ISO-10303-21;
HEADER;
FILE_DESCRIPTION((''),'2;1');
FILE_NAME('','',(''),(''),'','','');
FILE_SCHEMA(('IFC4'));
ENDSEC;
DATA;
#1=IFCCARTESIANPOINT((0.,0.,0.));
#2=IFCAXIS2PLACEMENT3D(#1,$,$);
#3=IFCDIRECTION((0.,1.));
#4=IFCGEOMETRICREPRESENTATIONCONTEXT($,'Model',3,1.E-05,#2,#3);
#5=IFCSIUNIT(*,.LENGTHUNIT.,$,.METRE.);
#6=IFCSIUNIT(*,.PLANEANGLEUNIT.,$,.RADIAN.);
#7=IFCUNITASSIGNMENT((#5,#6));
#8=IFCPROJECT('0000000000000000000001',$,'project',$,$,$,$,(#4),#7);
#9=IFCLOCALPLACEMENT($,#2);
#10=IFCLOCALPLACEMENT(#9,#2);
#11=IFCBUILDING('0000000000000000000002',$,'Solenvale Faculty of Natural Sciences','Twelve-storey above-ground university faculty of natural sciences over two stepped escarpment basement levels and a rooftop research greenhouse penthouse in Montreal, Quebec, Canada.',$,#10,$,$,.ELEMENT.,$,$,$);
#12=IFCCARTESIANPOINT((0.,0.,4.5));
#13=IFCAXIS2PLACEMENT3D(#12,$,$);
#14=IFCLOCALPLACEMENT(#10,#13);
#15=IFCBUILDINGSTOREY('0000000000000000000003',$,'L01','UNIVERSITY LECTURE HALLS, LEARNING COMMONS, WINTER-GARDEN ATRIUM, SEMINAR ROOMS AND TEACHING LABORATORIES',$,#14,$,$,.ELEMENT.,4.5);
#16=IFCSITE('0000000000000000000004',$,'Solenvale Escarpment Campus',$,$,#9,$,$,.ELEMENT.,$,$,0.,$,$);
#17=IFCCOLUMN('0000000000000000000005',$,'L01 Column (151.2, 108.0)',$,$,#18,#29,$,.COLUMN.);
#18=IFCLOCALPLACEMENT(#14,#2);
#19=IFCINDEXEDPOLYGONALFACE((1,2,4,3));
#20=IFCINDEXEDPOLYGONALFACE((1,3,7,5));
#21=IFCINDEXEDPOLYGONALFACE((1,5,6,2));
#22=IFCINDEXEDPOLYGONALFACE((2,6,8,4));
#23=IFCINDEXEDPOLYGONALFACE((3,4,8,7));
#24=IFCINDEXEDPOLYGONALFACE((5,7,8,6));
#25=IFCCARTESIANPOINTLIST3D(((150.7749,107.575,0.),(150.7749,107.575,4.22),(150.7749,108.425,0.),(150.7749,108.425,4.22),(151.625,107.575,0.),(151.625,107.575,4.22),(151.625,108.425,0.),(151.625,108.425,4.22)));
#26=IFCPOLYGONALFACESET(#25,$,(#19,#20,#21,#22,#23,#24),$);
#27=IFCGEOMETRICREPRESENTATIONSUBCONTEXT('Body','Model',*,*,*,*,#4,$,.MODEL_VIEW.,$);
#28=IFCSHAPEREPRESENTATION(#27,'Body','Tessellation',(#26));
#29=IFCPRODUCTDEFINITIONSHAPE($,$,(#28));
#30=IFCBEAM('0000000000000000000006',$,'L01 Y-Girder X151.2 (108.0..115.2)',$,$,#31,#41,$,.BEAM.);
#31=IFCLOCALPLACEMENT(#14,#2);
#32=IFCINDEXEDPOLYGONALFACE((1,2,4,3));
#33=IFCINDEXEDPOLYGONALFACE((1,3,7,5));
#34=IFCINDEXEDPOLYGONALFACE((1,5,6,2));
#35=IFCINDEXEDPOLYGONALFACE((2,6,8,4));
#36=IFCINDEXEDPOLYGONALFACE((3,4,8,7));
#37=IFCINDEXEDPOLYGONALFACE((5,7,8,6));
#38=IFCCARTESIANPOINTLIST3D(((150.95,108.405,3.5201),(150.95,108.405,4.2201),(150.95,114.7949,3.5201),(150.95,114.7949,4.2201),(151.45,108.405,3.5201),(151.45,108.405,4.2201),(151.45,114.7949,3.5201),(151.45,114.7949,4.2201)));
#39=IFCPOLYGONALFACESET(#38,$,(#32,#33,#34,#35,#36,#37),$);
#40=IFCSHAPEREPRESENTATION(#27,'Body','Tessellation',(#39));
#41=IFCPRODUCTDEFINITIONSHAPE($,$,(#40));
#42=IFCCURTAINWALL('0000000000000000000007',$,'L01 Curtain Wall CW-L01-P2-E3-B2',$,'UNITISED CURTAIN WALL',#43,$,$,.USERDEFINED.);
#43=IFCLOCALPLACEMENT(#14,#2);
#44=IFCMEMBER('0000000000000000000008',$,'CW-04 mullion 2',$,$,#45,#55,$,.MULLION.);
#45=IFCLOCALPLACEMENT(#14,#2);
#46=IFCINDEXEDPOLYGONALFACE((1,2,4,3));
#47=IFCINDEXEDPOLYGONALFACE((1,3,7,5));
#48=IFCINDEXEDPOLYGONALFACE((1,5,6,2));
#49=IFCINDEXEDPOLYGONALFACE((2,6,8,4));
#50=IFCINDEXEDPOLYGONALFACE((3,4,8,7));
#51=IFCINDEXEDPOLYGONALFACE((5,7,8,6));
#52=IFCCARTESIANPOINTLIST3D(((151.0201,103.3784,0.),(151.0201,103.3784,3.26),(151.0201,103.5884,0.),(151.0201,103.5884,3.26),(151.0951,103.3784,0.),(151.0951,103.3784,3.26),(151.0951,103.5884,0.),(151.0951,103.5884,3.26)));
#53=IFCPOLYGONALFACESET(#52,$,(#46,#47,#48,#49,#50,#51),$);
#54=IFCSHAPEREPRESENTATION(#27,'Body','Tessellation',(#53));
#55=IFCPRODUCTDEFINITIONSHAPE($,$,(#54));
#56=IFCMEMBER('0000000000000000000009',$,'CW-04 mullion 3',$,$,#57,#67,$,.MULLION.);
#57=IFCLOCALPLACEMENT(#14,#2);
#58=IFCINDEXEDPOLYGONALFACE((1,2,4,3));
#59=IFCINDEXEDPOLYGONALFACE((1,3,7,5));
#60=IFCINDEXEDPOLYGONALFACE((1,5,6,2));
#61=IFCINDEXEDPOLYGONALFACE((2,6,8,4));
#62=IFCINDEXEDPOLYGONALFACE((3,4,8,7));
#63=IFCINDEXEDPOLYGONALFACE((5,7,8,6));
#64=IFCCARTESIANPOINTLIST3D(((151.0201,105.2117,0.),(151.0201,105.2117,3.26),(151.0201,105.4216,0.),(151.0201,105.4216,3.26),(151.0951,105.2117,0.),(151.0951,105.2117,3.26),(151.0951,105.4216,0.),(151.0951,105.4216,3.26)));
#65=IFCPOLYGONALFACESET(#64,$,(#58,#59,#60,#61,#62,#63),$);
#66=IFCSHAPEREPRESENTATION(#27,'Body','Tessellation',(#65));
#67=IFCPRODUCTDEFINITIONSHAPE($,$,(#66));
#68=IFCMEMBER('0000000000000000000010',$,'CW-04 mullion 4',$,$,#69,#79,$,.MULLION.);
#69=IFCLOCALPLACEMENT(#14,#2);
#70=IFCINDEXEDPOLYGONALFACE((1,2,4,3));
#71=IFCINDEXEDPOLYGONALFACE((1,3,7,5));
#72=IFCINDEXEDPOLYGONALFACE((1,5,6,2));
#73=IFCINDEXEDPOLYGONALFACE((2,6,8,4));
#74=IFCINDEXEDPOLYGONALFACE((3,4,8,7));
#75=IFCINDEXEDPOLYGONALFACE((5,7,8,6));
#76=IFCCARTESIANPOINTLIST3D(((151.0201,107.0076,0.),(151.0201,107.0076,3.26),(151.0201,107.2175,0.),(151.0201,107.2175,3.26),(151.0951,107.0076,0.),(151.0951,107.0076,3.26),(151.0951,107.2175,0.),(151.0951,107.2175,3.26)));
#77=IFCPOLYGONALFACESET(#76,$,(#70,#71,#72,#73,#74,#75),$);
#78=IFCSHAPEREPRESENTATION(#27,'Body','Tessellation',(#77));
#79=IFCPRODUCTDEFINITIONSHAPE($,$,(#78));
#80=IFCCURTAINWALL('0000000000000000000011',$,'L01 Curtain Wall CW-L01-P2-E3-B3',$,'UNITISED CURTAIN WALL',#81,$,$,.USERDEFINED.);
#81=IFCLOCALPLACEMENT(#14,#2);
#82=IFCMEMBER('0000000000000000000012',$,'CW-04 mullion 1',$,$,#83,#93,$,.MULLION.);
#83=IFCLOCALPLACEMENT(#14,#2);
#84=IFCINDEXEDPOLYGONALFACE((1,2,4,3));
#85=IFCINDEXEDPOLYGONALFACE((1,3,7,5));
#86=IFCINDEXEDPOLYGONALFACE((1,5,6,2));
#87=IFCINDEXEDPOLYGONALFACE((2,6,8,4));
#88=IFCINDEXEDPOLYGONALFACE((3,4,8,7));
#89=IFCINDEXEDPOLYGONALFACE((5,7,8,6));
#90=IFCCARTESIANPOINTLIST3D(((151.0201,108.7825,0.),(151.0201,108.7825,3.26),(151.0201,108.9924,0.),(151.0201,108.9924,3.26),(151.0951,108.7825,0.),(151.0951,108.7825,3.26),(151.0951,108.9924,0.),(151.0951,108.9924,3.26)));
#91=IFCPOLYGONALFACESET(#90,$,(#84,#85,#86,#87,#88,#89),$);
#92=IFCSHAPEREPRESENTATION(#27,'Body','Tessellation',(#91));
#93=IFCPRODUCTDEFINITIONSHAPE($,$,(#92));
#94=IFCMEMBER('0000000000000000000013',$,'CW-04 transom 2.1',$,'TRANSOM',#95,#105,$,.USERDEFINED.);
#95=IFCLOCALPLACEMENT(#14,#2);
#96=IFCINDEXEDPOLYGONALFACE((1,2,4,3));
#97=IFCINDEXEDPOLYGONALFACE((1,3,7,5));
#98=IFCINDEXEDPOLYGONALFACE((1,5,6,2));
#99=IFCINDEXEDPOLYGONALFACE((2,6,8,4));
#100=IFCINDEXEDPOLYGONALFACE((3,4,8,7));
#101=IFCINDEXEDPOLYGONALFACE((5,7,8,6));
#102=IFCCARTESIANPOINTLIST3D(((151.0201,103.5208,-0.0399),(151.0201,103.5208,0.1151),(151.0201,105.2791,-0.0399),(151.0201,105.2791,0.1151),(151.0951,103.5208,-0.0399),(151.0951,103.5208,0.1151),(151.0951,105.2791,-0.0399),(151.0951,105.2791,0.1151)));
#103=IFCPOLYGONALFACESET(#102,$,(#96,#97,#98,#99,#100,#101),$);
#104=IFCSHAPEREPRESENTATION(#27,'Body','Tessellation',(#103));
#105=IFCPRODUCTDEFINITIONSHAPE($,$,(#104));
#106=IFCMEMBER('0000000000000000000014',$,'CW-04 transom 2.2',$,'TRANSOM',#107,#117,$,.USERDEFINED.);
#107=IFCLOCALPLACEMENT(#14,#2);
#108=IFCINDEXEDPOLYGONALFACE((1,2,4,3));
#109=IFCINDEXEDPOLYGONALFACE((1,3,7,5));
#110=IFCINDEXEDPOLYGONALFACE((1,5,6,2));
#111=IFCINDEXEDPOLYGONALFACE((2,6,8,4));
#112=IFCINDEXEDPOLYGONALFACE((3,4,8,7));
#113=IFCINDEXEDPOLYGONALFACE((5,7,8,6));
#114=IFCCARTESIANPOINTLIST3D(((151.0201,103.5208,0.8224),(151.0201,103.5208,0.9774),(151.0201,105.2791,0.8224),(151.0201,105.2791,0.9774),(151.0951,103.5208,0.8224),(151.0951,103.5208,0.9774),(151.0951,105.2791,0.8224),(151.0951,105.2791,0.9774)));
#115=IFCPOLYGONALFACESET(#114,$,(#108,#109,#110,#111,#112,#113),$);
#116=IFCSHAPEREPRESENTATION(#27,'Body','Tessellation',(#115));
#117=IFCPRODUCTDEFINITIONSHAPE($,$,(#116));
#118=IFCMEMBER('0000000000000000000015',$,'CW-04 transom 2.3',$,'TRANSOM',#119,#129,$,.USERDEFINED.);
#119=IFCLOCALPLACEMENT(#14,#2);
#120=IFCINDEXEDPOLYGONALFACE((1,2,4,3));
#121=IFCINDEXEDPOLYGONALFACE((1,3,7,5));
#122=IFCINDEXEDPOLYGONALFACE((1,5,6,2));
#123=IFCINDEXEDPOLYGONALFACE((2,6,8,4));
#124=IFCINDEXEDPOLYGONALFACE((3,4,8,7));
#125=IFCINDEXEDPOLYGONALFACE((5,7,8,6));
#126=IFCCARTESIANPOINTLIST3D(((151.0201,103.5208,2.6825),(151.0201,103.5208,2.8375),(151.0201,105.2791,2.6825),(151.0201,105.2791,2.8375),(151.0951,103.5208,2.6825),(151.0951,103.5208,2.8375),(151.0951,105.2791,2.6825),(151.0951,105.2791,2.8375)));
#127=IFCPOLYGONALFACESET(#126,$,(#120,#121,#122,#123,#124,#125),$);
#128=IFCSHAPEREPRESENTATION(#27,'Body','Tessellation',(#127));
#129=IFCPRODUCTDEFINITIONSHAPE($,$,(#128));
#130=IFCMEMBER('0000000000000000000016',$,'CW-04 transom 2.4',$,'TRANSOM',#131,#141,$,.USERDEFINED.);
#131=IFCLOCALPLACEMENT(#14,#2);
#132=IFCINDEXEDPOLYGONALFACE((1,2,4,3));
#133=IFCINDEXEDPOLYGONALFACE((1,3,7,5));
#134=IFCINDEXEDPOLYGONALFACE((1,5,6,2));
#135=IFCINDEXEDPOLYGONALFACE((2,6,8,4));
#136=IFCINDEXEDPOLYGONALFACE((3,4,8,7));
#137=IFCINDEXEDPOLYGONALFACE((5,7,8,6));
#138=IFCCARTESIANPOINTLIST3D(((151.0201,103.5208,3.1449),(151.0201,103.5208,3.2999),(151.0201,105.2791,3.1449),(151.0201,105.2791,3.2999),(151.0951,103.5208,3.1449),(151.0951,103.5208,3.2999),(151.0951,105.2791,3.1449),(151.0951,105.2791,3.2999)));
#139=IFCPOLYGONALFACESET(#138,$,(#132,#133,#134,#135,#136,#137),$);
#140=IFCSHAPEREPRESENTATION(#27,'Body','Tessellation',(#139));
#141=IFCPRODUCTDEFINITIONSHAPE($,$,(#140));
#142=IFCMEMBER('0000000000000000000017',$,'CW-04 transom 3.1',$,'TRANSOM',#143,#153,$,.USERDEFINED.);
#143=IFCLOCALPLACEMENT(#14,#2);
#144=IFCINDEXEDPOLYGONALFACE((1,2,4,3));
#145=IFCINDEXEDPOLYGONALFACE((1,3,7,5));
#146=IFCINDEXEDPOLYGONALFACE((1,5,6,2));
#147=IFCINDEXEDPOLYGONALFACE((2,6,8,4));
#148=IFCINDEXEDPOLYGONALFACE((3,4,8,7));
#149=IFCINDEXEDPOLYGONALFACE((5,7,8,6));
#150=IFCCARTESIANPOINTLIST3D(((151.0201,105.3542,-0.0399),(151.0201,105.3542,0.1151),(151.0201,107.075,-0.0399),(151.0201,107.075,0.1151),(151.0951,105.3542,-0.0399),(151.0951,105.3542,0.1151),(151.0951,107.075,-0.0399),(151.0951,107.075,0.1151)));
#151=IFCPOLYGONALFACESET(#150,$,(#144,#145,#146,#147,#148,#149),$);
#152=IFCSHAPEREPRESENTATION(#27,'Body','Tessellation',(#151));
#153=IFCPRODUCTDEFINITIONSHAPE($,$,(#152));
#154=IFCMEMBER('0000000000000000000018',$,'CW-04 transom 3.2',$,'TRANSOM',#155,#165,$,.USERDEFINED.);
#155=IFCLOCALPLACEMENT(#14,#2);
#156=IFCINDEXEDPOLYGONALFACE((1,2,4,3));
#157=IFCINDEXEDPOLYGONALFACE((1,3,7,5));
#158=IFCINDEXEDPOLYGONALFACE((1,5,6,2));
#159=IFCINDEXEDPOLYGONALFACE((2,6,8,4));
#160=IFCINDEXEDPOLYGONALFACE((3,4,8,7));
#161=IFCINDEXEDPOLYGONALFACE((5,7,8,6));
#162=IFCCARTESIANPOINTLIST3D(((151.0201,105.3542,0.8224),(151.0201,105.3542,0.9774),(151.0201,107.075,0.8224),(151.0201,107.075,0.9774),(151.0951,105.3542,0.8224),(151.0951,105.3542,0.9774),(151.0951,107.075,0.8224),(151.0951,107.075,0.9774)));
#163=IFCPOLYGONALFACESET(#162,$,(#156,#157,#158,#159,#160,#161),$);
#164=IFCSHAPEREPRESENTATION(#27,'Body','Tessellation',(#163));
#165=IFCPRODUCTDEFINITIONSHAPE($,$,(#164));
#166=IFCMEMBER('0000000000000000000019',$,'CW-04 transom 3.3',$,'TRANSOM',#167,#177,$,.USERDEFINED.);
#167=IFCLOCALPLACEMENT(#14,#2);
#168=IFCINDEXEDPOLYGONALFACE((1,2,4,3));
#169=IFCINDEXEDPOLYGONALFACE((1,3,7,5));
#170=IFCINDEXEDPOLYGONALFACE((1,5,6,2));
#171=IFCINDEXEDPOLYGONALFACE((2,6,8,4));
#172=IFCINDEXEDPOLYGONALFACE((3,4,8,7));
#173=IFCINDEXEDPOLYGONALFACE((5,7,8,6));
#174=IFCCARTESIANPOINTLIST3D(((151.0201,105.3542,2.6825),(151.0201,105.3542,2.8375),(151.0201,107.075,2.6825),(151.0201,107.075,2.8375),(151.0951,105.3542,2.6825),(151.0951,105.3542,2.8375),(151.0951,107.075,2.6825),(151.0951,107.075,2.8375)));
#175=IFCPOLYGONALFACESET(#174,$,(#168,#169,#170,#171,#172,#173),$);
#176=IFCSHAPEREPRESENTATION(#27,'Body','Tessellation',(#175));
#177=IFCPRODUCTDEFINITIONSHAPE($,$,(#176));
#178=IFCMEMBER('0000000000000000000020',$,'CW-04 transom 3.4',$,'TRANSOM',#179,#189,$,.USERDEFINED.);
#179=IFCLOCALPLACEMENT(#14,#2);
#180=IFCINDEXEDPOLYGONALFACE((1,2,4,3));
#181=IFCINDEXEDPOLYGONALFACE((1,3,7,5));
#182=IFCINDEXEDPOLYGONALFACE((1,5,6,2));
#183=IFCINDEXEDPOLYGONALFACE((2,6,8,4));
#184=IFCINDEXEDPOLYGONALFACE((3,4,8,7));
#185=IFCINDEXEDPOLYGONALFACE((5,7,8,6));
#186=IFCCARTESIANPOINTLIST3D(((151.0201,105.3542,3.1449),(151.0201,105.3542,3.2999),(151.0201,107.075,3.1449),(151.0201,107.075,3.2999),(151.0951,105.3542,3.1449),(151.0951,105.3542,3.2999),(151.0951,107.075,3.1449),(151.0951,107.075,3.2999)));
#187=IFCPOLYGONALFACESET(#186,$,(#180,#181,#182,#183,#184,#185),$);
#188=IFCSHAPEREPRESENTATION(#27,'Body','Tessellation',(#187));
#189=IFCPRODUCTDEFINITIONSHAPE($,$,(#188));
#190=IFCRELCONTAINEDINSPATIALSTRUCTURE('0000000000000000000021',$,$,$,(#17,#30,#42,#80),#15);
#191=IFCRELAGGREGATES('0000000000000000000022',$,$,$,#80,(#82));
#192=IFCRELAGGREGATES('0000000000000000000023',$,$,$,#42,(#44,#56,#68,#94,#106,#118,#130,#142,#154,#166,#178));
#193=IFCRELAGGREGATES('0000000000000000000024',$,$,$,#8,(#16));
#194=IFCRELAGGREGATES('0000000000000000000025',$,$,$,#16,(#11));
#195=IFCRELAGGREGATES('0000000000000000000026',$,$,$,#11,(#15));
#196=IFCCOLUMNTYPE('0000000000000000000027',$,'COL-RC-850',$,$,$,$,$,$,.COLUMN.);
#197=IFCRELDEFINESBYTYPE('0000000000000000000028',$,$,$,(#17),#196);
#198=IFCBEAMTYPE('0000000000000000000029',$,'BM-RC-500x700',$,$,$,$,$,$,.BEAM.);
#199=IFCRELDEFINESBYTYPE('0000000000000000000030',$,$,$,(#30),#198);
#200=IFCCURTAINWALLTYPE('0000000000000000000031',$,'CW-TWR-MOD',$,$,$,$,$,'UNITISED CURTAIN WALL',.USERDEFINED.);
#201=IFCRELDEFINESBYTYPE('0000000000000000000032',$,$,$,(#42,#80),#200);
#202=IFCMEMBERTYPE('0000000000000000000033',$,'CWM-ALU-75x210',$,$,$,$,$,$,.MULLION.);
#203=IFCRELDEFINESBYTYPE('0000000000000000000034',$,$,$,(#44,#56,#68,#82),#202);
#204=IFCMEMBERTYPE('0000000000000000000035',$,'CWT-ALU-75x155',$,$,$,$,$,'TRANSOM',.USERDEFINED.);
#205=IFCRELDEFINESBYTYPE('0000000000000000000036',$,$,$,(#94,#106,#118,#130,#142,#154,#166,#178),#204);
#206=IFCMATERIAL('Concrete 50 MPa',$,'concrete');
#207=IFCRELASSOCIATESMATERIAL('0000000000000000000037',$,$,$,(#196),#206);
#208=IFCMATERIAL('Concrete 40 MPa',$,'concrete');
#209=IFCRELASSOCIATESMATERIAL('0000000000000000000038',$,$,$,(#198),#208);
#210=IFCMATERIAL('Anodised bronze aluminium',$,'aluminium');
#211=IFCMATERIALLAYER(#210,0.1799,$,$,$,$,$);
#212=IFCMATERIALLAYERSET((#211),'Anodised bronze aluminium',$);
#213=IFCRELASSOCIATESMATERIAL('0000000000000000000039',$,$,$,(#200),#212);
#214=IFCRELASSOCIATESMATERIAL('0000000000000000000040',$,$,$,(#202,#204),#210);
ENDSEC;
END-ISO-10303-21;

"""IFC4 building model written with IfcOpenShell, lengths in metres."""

from ifc_helpers import new_model, si_unit, direction, frame, origin, origin_2d, place, context, subcontext, project, spatial, rectangle, extrude, material, layer, layer_set, material_profile, profile_set, type_object, element, aggregate, save


model = new_model("IFC4")

# Units and contexts
model_context = context("Model", 3, precision=1e-05, world=origin(), true_north=direction((0.0, 1.0)))
body_context = subcontext(model_context, "Body", "Model", "MODEL_VIEW")
ifc_project = project(units=[si_unit("LENGTHUNIT", "METRE"), si_unit("PLANEANGLEUNIT", "RADIAN")], contexts=[model_context])

# Site, building, storey
site_placement = place(None, origin())
site = spatial("IfcSite", under=ifc_project, at=site_placement, Name="Solenvale Escarpment Campus", CompositionType="ELEMENT", RefElevation=0.0)
building_placement = place(site_placement, origin())
building = spatial("IfcBuilding", under=site, at=building_placement, Name="Solenvale Faculty of Natural Sciences", Description="Twelve-storey above-ground university faculty of natural sciences over two stepped escarpment basement levels and a rooftop research greenhouse penthouse in Montreal, Quebec, Canada.", CompositionType="ELEMENT")
storey_placement = place(building_placement, frame((0.0, 0.0, 4.5)))
storey = spatial("IfcBuildingStorey", under=building, at=storey_placement, Name="L01", Description="UNIVERSITY LECTURE HALLS, LEARNING COMMONS, WINTER-GARDEN ATRIUM, SEMINAR ROOMS AND TEACHING LABORATORIES", CompositionType="ELEMENT", Elevation=4.5)

# Column
ifc_material_1 = material(Name="Concrete 50 MPa", Category="concrete")
ifc_material_profile_1 = material_profile(ifc_material_1, rectangle(XDim=0.8501, YDim=0.8501, at=origin_2d()), Name="RC-COL-850x850")
ifc_profile_set_1 = profile_set([ifc_material_profile_1], Name="Concrete 50 MPa")
column_type = type_object("IfcColumnType", Name="COL-RC-850", PredefinedType="COLUMN", material=ifc_profile_set_1)
column_placement = place(storey_placement, frame((151.2, 108.0, 0.0), z_axis=(0.0, 0.0, 1.0), x_axis=(1.0, 0.0, 0.0)))
element("IfcColumn", 1, at=column_placement, inside=storey, type_object=column_type, Name="L01 Column (151.2, 108.0)", PredefinedType="COLUMN", context=body_context, shape_type="SweptSolid", body=[
    extrude(rectangle(XDim=0.8501, YDim=0.8501, at=origin_2d()), origin(), (0.0, 0.0, 1.0), 4.22),
])

# Beam
ifc_material_2 = material(Name="Concrete 40 MPa", Category="concrete")
ifc_material_profile_2 = material_profile(ifc_material_2, rectangle(XDim=0.5, YDim=0.7, at=origin_2d()), Name="RC-BM-500x700")
ifc_profile_set_2 = profile_set([ifc_material_profile_2], Name="Concrete 40 MPa")
beam_type = type_object("IfcBeamType", Name="BM-RC-500x700", PredefinedType="BEAM", material=ifc_profile_set_2)
beam_placement = place(storey_placement, frame((151.2, 108.405, 3.8701), z_axis=(0.0, 1.0, 0.0), x_axis=(-1.0, 0.0, 0.0)))
element("IfcBeam", 2, at=beam_placement, inside=storey, type_object=beam_type, Name="L01 Y-Girder X151.2 (108.0..115.2)", PredefinedType="BEAM", context=body_context, shape_type="SweptSolid", body=[
    extrude(rectangle(XDim=0.5, YDim=0.7, at=origin_2d()), origin(), (0.0, 0.0, 1.0), 6.3899),
])

# Curtain wall, members
ifc_material_3 = material(Name="Anodised bronze aluminium", Category="aluminium")
ifc_layer_1 = layer(ifc_material_3, 0.1799)
ifc_layer_set_1 = layer_set([ifc_layer_1], Name="Anodised bronze aluminium")
curtain_wall_type = type_object("IfcCurtainWallType", Name="CW-TWR-MOD", ElementType="UNITISED CURTAIN WALL", PredefinedType="USERDEFINED", material=ifc_layer_set_1)
curtain_wall_1_placement = place(storey_placement, origin())
curtain_wall_1 = element("IfcCurtainWall", 3, at=curtain_wall_1_placement, inside=storey, type_object=curtain_wall_type, Name="L01 Curtain Wall CW-L01-P2-E3-B2", ObjectType="UNITISED CURTAIN WALL", PredefinedType="USERDEFINED")
ifc_material_profile_3 = material_profile(ifc_material_3, rectangle(XDim=0.075, YDim=0.21, at=origin_2d()), Name="ALU-MUL-75x210")
ifc_profile_set_3 = profile_set([ifc_material_profile_3], Name="Anodised bronze aluminium")
member_type_1 = type_object("IfcMemberType", Name="CWM-ALU-75x210", PredefinedType="MULLION", material=ifc_profile_set_3)
member_1_placement = place(storey_placement, frame((151.0576, 103.4834, 0.0), z_axis=(0.0, 0.0, 1.0), x_axis=(-1.0, 0.0, 0.0)))
member_1 = element("IfcMember", 4, at=member_1_placement, type_object=member_type_1, Name="CW-04 mullion 2", PredefinedType="MULLION", context=body_context, shape_type="SweptSolid", body=[
    extrude(rectangle(XDim=0.075, YDim=0.21, at=origin_2d()), origin(), (0.0, 0.0, 1.0), 3.26),
])
member_2_placement = place(storey_placement, frame((151.0576, 105.3167, 0.0), z_axis=(0.0, 0.0, 1.0), x_axis=(-1.0, 0.0, 0.0)))
member_2 = element("IfcMember", 5, at=member_2_placement, type_object=member_type_1, Name="CW-04 mullion 3", PredefinedType="MULLION", context=body_context, shape_type="SweptSolid", body=[
    extrude(rectangle(XDim=0.075, YDim=0.21, at=origin_2d()), origin(), (0.0, 0.0, 1.0), 3.26),
])
member_3_placement = place(storey_placement, frame((151.0576, 107.1125, 0.0), z_axis=(0.0, 0.0, 1.0), x_axis=(-1.0, 0.0, 0.0)))
member_3 = element("IfcMember", 6, at=member_3_placement, type_object=member_type_1, Name="CW-04 mullion 4", PredefinedType="MULLION", context=body_context, shape_type="SweptSolid", body=[
    extrude(rectangle(XDim=0.075, YDim=0.21, at=origin_2d()), origin(), (0.0, 0.0, 1.0), 3.26),
])

# Curtain wall, member
curtain_wall_2_placement = place(storey_placement, origin())
curtain_wall_2 = element("IfcCurtainWall", 7, at=curtain_wall_2_placement, inside=storey, type_object=curtain_wall_type, Name="L01 Curtain Wall CW-L01-P2-E3-B3", ObjectType="UNITISED CURTAIN WALL", PredefinedType="USERDEFINED")
member_4_placement = place(storey_placement, frame((151.0576, 108.8875, 0.0), z_axis=(0.0, 0.0, 1.0), x_axis=(-1.0, 0.0, 0.0)))
member_4 = element("IfcMember", 8, at=member_4_placement, type_object=member_type_1, Name="CW-04 mullion 1", PredefinedType="MULLION", context=body_context, shape_type="SweptSolid", body=[
    extrude(rectangle(XDim=0.075, YDim=0.21, at=origin_2d()), origin(), (0.0, 0.0, 1.0), 3.26),
])

# Members
ifc_material_profile_4 = material_profile(ifc_material_3, rectangle(XDim=0.075, YDim=0.155, at=origin_2d()), Name="ALU-TRN-75x155")
ifc_profile_set_4 = profile_set([ifc_material_profile_4], Name="Anodised bronze aluminium")
member_type_2 = type_object("IfcMemberType", Name="CWT-ALU-75x155", ElementType="TRANSOM", PredefinedType="USERDEFINED", material=ifc_profile_set_4)
member_5_placement = place(storey_placement, frame((151.0576, 103.5208, 0.0376), z_axis=(0.0, 1.0, 0.0), x_axis=(-1.0, 0.0, 0.0)))
member_5 = element("IfcMember", 9, at=member_5_placement, type_object=member_type_2, Name="CW-04 transom 2.1", ObjectType="TRANSOM", PredefinedType="USERDEFINED", context=body_context, shape_type="SweptSolid", body=[
    extrude(rectangle(XDim=0.075, YDim=0.155, at=origin_2d()), origin(), (0.0, 0.0, 1.0), 1.7583),
])
member_6_placement = place(storey_placement, frame((151.0576, 103.5208, 0.8999), z_axis=(0.0, 1.0, 0.0), x_axis=(-1.0, 0.0, 0.0)))
member_6 = element("IfcMember", 10, at=member_6_placement, type_object=member_type_2, Name="CW-04 transom 2.2", ObjectType="TRANSOM", PredefinedType="USERDEFINED", context=body_context, shape_type="SweptSolid", body=[
    extrude(rectangle(XDim=0.075, YDim=0.155, at=origin_2d()), origin(), (0.0, 0.0, 1.0), 1.7583),
])
member_7_placement = place(storey_placement, frame((151.0576, 103.5208, 2.76), z_axis=(0.0, 1.0, 0.0), x_axis=(-1.0, 0.0, 0.0)))
member_7 = element("IfcMember", 11, at=member_7_placement, type_object=member_type_2, Name="CW-04 transom 2.3", ObjectType="TRANSOM", PredefinedType="USERDEFINED", context=body_context, shape_type="SweptSolid", body=[
    extrude(rectangle(XDim=0.075, YDim=0.155, at=origin_2d()), origin(), (0.0, 0.0, 1.0), 1.7583),
])
member_8_placement = place(storey_placement, frame((151.0576, 103.5208, 3.2224), z_axis=(0.0, 1.0, 0.0), x_axis=(-1.0, 0.0, 0.0)))
member_8 = element("IfcMember", 12, at=member_8_placement, type_object=member_type_2, Name="CW-04 transom 2.4", ObjectType="TRANSOM", PredefinedType="USERDEFINED", context=body_context, shape_type="SweptSolid", body=[
    extrude(rectangle(XDim=0.075, YDim=0.155, at=origin_2d()), origin(), (0.0, 0.0, 1.0), 1.7583),
])
member_9_placement = place(storey_placement, frame((151.0576, 105.3542, 0.0376), z_axis=(0.0, 1.0, 0.0), x_axis=(-1.0, 0.0, 0.0)))
member_9 = element("IfcMember", 13, at=member_9_placement, type_object=member_type_2, Name="CW-04 transom 3.1", ObjectType="TRANSOM", PredefinedType="USERDEFINED", context=body_context, shape_type="SweptSolid", body=[
    extrude(rectangle(XDim=0.075, YDim=0.155, at=origin_2d()), origin(), (0.0, 0.0, 1.0), 1.7207),
])
member_10_placement = place(storey_placement, frame((151.0576, 105.3542, 0.8999), z_axis=(0.0, 1.0, 0.0), x_axis=(-1.0, 0.0, 0.0)))
member_10 = element("IfcMember", 14, at=member_10_placement, type_object=member_type_2, Name="CW-04 transom 3.2", ObjectType="TRANSOM", PredefinedType="USERDEFINED", context=body_context, shape_type="SweptSolid", body=[
    extrude(rectangle(XDim=0.075, YDim=0.155, at=origin_2d()), origin(), (0.0, 0.0, 1.0), 1.7207),
])
member_11_placement = place(storey_placement, frame((151.0576, 105.3542, 2.76), z_axis=(0.0, 1.0, 0.0), x_axis=(-1.0, 0.0, 0.0)))
member_11 = element("IfcMember", 15, at=member_11_placement, type_object=member_type_2, Name="CW-04 transom 3.3", ObjectType="TRANSOM", PredefinedType="USERDEFINED", context=body_context, shape_type="SweptSolid", body=[
    extrude(rectangle(XDim=0.075, YDim=0.155, at=origin_2d()), origin(), (0.0, 0.0, 1.0), 1.7207),
])
member_12_placement = place(storey_placement, frame((151.0576, 105.3542, 3.2224), z_axis=(0.0, 1.0, 0.0), x_axis=(-1.0, 0.0, 0.0)))
member_12 = element("IfcMember", 16, at=member_12_placement, type_object=member_type_2, Name="CW-04 transom 3.4", ObjectType="TRANSOM", PredefinedType="USERDEFINED", context=body_context, shape_type="SweptSolid", body=[
    extrude(rectangle(XDim=0.075, YDim=0.155, at=origin_2d()), origin(), (0.0, 0.0, 1.0), 1.7207),
])
aggregate(curtain_wall_2, [member_4])

aggregate(curtain_wall_1, [member_1, member_2, member_3, member_5, member_6, member_7, member_8, member_9, member_10, member_11, member_12])

save(model, "model.ifc")
